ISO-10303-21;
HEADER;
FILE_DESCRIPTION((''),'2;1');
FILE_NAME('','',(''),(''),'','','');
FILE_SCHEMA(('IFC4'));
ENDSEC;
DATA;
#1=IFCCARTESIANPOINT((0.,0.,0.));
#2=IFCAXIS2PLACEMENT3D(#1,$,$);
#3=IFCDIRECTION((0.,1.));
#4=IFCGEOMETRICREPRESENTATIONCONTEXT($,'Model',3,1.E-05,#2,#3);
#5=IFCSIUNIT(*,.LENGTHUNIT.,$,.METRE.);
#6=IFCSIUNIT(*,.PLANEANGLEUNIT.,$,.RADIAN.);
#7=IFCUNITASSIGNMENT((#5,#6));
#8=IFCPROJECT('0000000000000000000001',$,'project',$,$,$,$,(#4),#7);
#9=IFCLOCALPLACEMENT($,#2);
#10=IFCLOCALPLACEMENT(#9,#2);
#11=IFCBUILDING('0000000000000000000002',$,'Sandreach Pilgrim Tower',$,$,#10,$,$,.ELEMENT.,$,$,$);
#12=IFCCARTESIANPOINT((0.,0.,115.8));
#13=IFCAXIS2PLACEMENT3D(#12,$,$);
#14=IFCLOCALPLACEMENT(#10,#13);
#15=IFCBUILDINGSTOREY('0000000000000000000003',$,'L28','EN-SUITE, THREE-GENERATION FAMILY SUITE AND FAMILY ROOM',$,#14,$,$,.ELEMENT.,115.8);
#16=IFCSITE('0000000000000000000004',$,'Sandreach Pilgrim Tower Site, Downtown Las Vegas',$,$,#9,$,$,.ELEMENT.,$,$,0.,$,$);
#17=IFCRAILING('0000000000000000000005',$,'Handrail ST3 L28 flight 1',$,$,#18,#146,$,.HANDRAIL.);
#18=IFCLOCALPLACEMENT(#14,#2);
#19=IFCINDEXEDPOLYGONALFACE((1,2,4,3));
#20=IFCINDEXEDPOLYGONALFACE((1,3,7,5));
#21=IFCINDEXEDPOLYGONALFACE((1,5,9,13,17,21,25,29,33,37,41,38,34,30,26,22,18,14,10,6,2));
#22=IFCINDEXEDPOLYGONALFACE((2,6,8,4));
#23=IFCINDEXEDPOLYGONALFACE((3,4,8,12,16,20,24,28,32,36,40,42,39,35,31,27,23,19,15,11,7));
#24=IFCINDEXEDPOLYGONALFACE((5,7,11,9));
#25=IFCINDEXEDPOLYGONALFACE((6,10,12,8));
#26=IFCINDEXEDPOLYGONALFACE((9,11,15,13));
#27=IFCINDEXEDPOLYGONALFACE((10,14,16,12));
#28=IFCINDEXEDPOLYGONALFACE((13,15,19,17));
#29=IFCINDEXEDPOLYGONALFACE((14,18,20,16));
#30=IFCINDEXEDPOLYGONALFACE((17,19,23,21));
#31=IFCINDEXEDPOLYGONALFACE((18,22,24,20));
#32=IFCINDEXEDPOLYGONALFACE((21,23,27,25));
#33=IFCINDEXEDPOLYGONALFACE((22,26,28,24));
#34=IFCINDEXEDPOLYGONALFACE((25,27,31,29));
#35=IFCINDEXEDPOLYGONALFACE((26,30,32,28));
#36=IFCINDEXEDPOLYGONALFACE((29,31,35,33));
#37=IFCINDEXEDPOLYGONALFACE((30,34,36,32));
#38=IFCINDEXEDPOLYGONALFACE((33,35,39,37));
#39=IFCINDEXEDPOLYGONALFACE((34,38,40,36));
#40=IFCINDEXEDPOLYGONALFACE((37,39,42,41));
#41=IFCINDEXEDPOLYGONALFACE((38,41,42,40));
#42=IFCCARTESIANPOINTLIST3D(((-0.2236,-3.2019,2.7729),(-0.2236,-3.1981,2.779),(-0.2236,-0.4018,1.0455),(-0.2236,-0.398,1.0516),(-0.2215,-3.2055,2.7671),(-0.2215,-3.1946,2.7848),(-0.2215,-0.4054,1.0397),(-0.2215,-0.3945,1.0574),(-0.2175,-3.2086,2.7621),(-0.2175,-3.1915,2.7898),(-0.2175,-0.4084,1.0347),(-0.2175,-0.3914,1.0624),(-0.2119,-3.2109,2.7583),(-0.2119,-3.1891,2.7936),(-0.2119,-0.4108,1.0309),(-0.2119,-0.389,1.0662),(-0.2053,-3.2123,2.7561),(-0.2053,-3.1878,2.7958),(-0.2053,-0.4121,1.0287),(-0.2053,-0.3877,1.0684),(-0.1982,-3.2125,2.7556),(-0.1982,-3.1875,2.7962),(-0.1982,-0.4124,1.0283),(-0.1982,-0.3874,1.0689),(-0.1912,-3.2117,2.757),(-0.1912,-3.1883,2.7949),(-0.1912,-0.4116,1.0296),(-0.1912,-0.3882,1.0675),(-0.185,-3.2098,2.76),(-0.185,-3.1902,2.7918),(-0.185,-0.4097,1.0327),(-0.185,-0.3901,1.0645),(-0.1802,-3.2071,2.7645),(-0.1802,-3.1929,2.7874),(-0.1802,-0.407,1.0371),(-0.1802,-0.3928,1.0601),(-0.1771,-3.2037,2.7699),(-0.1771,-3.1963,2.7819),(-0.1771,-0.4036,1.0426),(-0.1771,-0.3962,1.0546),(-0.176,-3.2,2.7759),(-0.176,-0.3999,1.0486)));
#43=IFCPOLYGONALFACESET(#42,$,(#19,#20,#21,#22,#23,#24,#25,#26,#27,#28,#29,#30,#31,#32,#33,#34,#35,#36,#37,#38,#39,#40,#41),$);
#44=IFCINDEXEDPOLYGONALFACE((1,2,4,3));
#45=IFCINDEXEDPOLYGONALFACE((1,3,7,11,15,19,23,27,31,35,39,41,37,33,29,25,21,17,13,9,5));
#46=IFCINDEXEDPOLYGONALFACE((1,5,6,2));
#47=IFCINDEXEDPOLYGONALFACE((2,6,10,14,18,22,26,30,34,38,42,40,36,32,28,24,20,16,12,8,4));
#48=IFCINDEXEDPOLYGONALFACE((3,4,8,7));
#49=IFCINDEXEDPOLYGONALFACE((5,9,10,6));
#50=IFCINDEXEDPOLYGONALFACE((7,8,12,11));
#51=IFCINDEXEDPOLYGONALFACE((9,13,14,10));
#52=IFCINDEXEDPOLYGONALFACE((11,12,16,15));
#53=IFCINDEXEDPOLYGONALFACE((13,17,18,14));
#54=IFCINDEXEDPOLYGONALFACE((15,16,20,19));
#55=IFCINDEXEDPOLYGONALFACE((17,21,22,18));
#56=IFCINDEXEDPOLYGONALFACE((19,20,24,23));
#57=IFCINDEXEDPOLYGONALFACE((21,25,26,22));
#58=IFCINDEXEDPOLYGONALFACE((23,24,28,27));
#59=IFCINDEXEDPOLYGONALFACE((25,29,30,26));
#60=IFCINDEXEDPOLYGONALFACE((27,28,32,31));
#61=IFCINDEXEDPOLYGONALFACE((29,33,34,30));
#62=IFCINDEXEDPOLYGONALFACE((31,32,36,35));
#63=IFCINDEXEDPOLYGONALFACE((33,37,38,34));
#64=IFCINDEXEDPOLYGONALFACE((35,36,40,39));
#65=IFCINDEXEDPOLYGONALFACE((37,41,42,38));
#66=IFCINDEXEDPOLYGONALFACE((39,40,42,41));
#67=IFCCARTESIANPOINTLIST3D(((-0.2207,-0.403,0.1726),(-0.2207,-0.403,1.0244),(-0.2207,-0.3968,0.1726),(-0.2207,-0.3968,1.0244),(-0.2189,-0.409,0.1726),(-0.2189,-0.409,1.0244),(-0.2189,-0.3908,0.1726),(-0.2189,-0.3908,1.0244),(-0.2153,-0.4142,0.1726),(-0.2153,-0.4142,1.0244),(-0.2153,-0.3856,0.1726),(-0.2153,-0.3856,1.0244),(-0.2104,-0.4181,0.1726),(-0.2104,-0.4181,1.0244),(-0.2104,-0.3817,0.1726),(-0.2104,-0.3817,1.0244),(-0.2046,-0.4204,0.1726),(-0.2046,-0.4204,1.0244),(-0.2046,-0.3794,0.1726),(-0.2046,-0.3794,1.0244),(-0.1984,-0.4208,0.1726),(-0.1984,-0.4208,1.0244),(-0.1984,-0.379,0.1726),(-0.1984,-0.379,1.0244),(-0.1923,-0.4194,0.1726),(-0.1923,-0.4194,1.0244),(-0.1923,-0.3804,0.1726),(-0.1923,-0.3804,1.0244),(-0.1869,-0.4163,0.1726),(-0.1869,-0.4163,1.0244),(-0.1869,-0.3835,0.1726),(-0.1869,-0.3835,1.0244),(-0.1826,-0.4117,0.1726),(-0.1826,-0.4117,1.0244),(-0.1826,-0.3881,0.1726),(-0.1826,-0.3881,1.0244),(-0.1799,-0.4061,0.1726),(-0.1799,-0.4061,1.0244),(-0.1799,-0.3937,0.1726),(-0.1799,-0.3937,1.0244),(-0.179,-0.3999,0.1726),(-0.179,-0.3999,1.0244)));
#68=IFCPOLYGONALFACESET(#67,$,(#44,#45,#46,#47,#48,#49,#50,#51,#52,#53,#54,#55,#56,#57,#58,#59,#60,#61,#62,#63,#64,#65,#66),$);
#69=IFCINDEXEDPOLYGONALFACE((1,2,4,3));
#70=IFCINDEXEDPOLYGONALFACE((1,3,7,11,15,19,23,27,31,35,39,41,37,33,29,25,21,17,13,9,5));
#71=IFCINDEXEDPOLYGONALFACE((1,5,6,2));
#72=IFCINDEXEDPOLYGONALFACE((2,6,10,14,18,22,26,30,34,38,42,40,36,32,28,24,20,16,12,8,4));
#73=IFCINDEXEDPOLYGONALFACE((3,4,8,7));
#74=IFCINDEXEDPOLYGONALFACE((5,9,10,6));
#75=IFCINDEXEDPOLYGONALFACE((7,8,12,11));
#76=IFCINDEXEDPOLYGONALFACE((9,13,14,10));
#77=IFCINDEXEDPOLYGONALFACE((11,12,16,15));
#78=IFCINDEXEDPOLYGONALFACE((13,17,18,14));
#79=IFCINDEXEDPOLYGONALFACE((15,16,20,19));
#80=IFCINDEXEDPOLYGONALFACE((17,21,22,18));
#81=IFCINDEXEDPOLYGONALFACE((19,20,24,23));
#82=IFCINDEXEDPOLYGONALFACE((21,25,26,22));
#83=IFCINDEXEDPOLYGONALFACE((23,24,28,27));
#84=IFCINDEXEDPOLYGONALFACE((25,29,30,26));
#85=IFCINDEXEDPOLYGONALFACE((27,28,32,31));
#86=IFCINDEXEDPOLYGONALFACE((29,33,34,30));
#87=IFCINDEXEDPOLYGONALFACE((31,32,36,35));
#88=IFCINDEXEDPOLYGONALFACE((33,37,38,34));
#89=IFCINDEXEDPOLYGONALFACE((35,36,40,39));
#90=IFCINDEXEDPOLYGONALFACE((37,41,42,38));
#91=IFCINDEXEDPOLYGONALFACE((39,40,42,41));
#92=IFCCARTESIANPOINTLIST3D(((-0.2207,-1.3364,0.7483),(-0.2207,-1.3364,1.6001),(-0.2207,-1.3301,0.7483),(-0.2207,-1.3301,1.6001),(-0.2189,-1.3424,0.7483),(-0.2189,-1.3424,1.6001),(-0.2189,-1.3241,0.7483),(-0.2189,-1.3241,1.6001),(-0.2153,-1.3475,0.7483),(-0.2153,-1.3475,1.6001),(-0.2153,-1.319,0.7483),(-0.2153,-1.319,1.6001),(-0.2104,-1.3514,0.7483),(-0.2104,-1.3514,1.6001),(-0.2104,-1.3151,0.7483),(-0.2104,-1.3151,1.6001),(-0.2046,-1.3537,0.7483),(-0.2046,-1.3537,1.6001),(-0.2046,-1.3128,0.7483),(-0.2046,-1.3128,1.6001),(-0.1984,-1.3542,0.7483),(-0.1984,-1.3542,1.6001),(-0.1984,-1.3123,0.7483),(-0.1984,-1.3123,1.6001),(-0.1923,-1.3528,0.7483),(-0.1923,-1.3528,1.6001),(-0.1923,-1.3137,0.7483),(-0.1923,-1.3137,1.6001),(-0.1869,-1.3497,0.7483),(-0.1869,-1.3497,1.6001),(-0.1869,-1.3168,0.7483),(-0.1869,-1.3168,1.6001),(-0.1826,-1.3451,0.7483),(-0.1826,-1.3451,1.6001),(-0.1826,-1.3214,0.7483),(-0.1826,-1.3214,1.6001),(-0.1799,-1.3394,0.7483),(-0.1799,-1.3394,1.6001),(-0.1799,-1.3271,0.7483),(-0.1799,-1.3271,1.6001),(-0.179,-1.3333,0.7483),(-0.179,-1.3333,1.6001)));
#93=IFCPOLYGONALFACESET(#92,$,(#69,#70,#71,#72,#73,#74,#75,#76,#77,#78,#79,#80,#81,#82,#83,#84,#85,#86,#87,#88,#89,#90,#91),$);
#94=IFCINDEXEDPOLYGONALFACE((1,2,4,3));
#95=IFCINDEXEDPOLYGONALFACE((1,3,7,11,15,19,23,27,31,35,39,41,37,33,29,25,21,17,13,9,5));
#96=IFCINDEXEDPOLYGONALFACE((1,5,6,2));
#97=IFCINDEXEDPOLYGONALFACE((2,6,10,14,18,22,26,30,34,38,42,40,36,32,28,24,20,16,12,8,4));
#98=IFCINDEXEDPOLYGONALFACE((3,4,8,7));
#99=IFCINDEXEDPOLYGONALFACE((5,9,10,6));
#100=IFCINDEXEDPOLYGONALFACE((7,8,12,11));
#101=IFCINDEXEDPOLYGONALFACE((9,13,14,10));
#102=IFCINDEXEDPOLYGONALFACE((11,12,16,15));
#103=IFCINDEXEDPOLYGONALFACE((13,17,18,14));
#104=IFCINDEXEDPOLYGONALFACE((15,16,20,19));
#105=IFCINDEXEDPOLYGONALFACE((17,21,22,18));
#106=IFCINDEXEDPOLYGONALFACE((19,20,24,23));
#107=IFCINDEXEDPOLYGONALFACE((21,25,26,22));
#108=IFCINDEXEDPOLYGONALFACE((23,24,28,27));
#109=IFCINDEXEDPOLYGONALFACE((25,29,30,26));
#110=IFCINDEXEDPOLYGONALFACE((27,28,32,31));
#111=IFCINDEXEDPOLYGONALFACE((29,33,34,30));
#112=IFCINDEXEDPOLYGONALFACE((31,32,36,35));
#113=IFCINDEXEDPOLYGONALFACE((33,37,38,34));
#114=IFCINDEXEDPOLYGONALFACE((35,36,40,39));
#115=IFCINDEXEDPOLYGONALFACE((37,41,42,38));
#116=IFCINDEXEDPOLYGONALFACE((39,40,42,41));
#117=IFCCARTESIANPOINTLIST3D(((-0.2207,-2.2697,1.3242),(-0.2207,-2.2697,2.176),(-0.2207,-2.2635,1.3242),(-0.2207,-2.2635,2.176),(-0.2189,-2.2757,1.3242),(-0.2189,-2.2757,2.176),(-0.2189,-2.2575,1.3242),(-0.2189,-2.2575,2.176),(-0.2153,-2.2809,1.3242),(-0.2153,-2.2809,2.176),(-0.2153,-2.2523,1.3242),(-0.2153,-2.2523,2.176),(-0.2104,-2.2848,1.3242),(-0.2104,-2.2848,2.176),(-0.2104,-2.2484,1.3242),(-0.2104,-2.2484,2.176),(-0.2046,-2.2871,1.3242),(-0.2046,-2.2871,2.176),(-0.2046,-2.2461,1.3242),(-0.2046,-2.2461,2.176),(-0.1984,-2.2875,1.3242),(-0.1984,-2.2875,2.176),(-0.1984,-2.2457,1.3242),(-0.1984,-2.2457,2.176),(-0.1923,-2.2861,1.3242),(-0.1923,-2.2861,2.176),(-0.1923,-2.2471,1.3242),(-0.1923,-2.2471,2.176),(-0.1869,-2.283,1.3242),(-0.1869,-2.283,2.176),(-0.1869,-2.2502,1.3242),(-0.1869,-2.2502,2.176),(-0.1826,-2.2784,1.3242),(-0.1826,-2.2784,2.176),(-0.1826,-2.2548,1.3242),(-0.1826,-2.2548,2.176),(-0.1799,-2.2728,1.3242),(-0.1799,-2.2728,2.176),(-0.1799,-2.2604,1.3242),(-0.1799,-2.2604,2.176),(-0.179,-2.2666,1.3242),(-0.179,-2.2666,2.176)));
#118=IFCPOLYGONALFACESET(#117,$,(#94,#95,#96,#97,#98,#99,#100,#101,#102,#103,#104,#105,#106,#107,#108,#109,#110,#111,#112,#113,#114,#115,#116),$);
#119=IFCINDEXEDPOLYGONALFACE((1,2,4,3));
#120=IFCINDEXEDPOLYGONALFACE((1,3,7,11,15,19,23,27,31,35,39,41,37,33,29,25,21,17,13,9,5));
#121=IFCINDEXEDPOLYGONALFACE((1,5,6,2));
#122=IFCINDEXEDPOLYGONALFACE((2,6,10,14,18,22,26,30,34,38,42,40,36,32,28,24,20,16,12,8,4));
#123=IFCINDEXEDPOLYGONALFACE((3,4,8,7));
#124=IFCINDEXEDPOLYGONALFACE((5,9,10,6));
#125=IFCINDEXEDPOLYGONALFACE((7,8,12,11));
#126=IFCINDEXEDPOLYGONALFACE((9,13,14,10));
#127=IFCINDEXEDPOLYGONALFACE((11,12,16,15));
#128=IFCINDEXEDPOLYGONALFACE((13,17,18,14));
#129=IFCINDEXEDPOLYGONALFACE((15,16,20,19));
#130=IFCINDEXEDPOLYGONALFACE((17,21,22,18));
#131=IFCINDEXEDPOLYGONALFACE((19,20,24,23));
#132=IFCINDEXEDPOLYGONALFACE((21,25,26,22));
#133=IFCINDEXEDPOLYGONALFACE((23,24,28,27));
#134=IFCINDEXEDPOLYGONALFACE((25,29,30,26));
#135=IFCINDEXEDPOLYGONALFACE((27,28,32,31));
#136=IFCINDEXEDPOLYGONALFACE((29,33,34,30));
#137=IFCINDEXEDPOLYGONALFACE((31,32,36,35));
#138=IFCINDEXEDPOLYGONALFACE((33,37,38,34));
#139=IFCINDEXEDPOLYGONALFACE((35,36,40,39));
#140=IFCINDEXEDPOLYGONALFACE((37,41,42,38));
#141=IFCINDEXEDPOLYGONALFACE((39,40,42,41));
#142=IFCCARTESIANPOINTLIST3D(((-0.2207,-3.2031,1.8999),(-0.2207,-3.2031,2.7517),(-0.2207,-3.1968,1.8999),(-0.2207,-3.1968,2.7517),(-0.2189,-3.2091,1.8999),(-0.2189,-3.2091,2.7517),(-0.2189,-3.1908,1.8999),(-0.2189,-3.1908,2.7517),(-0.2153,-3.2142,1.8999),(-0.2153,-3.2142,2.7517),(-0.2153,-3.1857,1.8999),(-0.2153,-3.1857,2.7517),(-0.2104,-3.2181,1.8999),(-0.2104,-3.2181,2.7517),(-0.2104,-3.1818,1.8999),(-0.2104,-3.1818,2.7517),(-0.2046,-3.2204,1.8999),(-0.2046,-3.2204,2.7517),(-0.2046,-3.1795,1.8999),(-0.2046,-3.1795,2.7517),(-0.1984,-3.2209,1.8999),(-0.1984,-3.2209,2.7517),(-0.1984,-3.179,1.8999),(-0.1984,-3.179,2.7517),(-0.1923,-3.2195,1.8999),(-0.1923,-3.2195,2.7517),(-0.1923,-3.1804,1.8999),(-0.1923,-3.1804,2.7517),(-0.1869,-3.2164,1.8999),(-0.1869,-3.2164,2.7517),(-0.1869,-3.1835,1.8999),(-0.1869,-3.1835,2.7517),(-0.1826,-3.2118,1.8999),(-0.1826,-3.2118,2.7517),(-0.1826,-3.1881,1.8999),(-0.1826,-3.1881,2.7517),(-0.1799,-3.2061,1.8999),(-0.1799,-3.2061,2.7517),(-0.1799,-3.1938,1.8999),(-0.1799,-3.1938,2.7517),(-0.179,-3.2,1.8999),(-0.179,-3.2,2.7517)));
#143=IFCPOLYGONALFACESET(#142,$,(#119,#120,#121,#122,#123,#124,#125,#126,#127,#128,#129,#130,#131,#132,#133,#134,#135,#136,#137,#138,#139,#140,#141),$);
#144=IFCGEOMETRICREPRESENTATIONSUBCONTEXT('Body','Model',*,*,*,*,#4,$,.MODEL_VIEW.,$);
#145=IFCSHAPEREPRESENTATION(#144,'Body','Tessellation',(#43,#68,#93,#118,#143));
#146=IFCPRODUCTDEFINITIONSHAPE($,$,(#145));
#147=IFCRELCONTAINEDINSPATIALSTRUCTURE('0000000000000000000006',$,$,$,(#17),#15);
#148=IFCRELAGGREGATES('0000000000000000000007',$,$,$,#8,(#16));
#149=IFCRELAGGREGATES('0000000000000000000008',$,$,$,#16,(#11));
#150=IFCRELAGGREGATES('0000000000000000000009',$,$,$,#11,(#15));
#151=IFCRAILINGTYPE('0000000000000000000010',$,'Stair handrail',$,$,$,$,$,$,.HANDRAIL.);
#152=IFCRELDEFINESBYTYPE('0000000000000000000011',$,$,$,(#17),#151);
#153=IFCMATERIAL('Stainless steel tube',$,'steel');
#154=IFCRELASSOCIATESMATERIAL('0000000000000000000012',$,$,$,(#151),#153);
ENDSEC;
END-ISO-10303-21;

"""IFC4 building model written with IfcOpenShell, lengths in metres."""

from ifc_helpers import new_model, si_unit, direction, frame, origin, origin_2d, place, context, subcontext, project, spatial, circle, extrude, material, type_object, element, save


model = new_model("IFC4")

# Units and contexts
model_context = context("Model", 3, precision=1e-05, world=origin(), true_north=direction((0.0, 1.0)))
body_context = subcontext(model_context, "Body", "Model", "MODEL_VIEW")
ifc_project = project(units=[si_unit("LENGTHUNIT", "METRE"), si_unit("PLANEANGLEUNIT", "RADIAN")], contexts=[model_context])

# Site, building, storey
site_placement = place(None, origin())
site = spatial("IfcSite", under=ifc_project, at=site_placement, Name="Sandreach Pilgrim Tower Site, Downtown Las Vegas", CompositionType="ELEMENT", RefElevation=0.0)
building_placement = place(site_placement, origin())
building = spatial("IfcBuilding", under=site, at=building_placement, Name="Sandreach Pilgrim Tower", CompositionType="ELEMENT")
storey_placement = place(building_placement, frame((0.0, 0.0, 115.8)))
storey = spatial("IfcBuildingStorey", under=building, at=storey_placement, Name="L28", Description="EN-SUITE, THREE-GENERATION FAMILY SUITE AND FAMILY ROOM", CompositionType="ELEMENT", Elevation=115.8)

# Railing
ifc_material_1 = material(Name="Stainless steel tube", Category="steel")
railing_type = type_object("IfcRailingType", Name="Stair handrail", PredefinedType="HANDRAIL", material=ifc_material_1)
for number, where, name in (
    (1, (-0.2, -0.3999, 0.1726), "Handrail ST3 L28 flight 1"),
):
    element("IfcRailing", number, at=place(storey_placement, frame(where)), inside=storey, type_object=railing_type, Name=name, PredefinedType="HANDRAIL", context=body_context, shape_type="SweptSolid", body=[
        extrude(circle(Radius=0.0239, at=origin_2d()), frame((0.0, 0.0, 0.876), z_axis=(0.0, -0.85109, 0.52502), x_axis=(1.0, 0.0, 0.0)), (0.0, 0.0, 1.0), 3.29),
        extrude(circle(Radius=0.021, at=origin_2d()), origin(), (0.0, 0.0, 1.0), 0.8518),
        extrude(circle(Radius=0.021, at=origin_2d()), frame((0.0, -0.9333, 0.5757)), (0.0, 0.0, 1.0), 0.8518),
        extrude(circle(Radius=0.021, at=origin_2d()), frame((0.0, -1.8667, 1.1516)), (0.0, 0.0, 1.0), 0.8518),
        extrude(circle(Radius=0.021, at=origin_2d()), frame((0.0, -2.8, 1.7273)), (0.0, 0.0, 1.0), 0.8518),
    ])

save(model, "model.ifc")
